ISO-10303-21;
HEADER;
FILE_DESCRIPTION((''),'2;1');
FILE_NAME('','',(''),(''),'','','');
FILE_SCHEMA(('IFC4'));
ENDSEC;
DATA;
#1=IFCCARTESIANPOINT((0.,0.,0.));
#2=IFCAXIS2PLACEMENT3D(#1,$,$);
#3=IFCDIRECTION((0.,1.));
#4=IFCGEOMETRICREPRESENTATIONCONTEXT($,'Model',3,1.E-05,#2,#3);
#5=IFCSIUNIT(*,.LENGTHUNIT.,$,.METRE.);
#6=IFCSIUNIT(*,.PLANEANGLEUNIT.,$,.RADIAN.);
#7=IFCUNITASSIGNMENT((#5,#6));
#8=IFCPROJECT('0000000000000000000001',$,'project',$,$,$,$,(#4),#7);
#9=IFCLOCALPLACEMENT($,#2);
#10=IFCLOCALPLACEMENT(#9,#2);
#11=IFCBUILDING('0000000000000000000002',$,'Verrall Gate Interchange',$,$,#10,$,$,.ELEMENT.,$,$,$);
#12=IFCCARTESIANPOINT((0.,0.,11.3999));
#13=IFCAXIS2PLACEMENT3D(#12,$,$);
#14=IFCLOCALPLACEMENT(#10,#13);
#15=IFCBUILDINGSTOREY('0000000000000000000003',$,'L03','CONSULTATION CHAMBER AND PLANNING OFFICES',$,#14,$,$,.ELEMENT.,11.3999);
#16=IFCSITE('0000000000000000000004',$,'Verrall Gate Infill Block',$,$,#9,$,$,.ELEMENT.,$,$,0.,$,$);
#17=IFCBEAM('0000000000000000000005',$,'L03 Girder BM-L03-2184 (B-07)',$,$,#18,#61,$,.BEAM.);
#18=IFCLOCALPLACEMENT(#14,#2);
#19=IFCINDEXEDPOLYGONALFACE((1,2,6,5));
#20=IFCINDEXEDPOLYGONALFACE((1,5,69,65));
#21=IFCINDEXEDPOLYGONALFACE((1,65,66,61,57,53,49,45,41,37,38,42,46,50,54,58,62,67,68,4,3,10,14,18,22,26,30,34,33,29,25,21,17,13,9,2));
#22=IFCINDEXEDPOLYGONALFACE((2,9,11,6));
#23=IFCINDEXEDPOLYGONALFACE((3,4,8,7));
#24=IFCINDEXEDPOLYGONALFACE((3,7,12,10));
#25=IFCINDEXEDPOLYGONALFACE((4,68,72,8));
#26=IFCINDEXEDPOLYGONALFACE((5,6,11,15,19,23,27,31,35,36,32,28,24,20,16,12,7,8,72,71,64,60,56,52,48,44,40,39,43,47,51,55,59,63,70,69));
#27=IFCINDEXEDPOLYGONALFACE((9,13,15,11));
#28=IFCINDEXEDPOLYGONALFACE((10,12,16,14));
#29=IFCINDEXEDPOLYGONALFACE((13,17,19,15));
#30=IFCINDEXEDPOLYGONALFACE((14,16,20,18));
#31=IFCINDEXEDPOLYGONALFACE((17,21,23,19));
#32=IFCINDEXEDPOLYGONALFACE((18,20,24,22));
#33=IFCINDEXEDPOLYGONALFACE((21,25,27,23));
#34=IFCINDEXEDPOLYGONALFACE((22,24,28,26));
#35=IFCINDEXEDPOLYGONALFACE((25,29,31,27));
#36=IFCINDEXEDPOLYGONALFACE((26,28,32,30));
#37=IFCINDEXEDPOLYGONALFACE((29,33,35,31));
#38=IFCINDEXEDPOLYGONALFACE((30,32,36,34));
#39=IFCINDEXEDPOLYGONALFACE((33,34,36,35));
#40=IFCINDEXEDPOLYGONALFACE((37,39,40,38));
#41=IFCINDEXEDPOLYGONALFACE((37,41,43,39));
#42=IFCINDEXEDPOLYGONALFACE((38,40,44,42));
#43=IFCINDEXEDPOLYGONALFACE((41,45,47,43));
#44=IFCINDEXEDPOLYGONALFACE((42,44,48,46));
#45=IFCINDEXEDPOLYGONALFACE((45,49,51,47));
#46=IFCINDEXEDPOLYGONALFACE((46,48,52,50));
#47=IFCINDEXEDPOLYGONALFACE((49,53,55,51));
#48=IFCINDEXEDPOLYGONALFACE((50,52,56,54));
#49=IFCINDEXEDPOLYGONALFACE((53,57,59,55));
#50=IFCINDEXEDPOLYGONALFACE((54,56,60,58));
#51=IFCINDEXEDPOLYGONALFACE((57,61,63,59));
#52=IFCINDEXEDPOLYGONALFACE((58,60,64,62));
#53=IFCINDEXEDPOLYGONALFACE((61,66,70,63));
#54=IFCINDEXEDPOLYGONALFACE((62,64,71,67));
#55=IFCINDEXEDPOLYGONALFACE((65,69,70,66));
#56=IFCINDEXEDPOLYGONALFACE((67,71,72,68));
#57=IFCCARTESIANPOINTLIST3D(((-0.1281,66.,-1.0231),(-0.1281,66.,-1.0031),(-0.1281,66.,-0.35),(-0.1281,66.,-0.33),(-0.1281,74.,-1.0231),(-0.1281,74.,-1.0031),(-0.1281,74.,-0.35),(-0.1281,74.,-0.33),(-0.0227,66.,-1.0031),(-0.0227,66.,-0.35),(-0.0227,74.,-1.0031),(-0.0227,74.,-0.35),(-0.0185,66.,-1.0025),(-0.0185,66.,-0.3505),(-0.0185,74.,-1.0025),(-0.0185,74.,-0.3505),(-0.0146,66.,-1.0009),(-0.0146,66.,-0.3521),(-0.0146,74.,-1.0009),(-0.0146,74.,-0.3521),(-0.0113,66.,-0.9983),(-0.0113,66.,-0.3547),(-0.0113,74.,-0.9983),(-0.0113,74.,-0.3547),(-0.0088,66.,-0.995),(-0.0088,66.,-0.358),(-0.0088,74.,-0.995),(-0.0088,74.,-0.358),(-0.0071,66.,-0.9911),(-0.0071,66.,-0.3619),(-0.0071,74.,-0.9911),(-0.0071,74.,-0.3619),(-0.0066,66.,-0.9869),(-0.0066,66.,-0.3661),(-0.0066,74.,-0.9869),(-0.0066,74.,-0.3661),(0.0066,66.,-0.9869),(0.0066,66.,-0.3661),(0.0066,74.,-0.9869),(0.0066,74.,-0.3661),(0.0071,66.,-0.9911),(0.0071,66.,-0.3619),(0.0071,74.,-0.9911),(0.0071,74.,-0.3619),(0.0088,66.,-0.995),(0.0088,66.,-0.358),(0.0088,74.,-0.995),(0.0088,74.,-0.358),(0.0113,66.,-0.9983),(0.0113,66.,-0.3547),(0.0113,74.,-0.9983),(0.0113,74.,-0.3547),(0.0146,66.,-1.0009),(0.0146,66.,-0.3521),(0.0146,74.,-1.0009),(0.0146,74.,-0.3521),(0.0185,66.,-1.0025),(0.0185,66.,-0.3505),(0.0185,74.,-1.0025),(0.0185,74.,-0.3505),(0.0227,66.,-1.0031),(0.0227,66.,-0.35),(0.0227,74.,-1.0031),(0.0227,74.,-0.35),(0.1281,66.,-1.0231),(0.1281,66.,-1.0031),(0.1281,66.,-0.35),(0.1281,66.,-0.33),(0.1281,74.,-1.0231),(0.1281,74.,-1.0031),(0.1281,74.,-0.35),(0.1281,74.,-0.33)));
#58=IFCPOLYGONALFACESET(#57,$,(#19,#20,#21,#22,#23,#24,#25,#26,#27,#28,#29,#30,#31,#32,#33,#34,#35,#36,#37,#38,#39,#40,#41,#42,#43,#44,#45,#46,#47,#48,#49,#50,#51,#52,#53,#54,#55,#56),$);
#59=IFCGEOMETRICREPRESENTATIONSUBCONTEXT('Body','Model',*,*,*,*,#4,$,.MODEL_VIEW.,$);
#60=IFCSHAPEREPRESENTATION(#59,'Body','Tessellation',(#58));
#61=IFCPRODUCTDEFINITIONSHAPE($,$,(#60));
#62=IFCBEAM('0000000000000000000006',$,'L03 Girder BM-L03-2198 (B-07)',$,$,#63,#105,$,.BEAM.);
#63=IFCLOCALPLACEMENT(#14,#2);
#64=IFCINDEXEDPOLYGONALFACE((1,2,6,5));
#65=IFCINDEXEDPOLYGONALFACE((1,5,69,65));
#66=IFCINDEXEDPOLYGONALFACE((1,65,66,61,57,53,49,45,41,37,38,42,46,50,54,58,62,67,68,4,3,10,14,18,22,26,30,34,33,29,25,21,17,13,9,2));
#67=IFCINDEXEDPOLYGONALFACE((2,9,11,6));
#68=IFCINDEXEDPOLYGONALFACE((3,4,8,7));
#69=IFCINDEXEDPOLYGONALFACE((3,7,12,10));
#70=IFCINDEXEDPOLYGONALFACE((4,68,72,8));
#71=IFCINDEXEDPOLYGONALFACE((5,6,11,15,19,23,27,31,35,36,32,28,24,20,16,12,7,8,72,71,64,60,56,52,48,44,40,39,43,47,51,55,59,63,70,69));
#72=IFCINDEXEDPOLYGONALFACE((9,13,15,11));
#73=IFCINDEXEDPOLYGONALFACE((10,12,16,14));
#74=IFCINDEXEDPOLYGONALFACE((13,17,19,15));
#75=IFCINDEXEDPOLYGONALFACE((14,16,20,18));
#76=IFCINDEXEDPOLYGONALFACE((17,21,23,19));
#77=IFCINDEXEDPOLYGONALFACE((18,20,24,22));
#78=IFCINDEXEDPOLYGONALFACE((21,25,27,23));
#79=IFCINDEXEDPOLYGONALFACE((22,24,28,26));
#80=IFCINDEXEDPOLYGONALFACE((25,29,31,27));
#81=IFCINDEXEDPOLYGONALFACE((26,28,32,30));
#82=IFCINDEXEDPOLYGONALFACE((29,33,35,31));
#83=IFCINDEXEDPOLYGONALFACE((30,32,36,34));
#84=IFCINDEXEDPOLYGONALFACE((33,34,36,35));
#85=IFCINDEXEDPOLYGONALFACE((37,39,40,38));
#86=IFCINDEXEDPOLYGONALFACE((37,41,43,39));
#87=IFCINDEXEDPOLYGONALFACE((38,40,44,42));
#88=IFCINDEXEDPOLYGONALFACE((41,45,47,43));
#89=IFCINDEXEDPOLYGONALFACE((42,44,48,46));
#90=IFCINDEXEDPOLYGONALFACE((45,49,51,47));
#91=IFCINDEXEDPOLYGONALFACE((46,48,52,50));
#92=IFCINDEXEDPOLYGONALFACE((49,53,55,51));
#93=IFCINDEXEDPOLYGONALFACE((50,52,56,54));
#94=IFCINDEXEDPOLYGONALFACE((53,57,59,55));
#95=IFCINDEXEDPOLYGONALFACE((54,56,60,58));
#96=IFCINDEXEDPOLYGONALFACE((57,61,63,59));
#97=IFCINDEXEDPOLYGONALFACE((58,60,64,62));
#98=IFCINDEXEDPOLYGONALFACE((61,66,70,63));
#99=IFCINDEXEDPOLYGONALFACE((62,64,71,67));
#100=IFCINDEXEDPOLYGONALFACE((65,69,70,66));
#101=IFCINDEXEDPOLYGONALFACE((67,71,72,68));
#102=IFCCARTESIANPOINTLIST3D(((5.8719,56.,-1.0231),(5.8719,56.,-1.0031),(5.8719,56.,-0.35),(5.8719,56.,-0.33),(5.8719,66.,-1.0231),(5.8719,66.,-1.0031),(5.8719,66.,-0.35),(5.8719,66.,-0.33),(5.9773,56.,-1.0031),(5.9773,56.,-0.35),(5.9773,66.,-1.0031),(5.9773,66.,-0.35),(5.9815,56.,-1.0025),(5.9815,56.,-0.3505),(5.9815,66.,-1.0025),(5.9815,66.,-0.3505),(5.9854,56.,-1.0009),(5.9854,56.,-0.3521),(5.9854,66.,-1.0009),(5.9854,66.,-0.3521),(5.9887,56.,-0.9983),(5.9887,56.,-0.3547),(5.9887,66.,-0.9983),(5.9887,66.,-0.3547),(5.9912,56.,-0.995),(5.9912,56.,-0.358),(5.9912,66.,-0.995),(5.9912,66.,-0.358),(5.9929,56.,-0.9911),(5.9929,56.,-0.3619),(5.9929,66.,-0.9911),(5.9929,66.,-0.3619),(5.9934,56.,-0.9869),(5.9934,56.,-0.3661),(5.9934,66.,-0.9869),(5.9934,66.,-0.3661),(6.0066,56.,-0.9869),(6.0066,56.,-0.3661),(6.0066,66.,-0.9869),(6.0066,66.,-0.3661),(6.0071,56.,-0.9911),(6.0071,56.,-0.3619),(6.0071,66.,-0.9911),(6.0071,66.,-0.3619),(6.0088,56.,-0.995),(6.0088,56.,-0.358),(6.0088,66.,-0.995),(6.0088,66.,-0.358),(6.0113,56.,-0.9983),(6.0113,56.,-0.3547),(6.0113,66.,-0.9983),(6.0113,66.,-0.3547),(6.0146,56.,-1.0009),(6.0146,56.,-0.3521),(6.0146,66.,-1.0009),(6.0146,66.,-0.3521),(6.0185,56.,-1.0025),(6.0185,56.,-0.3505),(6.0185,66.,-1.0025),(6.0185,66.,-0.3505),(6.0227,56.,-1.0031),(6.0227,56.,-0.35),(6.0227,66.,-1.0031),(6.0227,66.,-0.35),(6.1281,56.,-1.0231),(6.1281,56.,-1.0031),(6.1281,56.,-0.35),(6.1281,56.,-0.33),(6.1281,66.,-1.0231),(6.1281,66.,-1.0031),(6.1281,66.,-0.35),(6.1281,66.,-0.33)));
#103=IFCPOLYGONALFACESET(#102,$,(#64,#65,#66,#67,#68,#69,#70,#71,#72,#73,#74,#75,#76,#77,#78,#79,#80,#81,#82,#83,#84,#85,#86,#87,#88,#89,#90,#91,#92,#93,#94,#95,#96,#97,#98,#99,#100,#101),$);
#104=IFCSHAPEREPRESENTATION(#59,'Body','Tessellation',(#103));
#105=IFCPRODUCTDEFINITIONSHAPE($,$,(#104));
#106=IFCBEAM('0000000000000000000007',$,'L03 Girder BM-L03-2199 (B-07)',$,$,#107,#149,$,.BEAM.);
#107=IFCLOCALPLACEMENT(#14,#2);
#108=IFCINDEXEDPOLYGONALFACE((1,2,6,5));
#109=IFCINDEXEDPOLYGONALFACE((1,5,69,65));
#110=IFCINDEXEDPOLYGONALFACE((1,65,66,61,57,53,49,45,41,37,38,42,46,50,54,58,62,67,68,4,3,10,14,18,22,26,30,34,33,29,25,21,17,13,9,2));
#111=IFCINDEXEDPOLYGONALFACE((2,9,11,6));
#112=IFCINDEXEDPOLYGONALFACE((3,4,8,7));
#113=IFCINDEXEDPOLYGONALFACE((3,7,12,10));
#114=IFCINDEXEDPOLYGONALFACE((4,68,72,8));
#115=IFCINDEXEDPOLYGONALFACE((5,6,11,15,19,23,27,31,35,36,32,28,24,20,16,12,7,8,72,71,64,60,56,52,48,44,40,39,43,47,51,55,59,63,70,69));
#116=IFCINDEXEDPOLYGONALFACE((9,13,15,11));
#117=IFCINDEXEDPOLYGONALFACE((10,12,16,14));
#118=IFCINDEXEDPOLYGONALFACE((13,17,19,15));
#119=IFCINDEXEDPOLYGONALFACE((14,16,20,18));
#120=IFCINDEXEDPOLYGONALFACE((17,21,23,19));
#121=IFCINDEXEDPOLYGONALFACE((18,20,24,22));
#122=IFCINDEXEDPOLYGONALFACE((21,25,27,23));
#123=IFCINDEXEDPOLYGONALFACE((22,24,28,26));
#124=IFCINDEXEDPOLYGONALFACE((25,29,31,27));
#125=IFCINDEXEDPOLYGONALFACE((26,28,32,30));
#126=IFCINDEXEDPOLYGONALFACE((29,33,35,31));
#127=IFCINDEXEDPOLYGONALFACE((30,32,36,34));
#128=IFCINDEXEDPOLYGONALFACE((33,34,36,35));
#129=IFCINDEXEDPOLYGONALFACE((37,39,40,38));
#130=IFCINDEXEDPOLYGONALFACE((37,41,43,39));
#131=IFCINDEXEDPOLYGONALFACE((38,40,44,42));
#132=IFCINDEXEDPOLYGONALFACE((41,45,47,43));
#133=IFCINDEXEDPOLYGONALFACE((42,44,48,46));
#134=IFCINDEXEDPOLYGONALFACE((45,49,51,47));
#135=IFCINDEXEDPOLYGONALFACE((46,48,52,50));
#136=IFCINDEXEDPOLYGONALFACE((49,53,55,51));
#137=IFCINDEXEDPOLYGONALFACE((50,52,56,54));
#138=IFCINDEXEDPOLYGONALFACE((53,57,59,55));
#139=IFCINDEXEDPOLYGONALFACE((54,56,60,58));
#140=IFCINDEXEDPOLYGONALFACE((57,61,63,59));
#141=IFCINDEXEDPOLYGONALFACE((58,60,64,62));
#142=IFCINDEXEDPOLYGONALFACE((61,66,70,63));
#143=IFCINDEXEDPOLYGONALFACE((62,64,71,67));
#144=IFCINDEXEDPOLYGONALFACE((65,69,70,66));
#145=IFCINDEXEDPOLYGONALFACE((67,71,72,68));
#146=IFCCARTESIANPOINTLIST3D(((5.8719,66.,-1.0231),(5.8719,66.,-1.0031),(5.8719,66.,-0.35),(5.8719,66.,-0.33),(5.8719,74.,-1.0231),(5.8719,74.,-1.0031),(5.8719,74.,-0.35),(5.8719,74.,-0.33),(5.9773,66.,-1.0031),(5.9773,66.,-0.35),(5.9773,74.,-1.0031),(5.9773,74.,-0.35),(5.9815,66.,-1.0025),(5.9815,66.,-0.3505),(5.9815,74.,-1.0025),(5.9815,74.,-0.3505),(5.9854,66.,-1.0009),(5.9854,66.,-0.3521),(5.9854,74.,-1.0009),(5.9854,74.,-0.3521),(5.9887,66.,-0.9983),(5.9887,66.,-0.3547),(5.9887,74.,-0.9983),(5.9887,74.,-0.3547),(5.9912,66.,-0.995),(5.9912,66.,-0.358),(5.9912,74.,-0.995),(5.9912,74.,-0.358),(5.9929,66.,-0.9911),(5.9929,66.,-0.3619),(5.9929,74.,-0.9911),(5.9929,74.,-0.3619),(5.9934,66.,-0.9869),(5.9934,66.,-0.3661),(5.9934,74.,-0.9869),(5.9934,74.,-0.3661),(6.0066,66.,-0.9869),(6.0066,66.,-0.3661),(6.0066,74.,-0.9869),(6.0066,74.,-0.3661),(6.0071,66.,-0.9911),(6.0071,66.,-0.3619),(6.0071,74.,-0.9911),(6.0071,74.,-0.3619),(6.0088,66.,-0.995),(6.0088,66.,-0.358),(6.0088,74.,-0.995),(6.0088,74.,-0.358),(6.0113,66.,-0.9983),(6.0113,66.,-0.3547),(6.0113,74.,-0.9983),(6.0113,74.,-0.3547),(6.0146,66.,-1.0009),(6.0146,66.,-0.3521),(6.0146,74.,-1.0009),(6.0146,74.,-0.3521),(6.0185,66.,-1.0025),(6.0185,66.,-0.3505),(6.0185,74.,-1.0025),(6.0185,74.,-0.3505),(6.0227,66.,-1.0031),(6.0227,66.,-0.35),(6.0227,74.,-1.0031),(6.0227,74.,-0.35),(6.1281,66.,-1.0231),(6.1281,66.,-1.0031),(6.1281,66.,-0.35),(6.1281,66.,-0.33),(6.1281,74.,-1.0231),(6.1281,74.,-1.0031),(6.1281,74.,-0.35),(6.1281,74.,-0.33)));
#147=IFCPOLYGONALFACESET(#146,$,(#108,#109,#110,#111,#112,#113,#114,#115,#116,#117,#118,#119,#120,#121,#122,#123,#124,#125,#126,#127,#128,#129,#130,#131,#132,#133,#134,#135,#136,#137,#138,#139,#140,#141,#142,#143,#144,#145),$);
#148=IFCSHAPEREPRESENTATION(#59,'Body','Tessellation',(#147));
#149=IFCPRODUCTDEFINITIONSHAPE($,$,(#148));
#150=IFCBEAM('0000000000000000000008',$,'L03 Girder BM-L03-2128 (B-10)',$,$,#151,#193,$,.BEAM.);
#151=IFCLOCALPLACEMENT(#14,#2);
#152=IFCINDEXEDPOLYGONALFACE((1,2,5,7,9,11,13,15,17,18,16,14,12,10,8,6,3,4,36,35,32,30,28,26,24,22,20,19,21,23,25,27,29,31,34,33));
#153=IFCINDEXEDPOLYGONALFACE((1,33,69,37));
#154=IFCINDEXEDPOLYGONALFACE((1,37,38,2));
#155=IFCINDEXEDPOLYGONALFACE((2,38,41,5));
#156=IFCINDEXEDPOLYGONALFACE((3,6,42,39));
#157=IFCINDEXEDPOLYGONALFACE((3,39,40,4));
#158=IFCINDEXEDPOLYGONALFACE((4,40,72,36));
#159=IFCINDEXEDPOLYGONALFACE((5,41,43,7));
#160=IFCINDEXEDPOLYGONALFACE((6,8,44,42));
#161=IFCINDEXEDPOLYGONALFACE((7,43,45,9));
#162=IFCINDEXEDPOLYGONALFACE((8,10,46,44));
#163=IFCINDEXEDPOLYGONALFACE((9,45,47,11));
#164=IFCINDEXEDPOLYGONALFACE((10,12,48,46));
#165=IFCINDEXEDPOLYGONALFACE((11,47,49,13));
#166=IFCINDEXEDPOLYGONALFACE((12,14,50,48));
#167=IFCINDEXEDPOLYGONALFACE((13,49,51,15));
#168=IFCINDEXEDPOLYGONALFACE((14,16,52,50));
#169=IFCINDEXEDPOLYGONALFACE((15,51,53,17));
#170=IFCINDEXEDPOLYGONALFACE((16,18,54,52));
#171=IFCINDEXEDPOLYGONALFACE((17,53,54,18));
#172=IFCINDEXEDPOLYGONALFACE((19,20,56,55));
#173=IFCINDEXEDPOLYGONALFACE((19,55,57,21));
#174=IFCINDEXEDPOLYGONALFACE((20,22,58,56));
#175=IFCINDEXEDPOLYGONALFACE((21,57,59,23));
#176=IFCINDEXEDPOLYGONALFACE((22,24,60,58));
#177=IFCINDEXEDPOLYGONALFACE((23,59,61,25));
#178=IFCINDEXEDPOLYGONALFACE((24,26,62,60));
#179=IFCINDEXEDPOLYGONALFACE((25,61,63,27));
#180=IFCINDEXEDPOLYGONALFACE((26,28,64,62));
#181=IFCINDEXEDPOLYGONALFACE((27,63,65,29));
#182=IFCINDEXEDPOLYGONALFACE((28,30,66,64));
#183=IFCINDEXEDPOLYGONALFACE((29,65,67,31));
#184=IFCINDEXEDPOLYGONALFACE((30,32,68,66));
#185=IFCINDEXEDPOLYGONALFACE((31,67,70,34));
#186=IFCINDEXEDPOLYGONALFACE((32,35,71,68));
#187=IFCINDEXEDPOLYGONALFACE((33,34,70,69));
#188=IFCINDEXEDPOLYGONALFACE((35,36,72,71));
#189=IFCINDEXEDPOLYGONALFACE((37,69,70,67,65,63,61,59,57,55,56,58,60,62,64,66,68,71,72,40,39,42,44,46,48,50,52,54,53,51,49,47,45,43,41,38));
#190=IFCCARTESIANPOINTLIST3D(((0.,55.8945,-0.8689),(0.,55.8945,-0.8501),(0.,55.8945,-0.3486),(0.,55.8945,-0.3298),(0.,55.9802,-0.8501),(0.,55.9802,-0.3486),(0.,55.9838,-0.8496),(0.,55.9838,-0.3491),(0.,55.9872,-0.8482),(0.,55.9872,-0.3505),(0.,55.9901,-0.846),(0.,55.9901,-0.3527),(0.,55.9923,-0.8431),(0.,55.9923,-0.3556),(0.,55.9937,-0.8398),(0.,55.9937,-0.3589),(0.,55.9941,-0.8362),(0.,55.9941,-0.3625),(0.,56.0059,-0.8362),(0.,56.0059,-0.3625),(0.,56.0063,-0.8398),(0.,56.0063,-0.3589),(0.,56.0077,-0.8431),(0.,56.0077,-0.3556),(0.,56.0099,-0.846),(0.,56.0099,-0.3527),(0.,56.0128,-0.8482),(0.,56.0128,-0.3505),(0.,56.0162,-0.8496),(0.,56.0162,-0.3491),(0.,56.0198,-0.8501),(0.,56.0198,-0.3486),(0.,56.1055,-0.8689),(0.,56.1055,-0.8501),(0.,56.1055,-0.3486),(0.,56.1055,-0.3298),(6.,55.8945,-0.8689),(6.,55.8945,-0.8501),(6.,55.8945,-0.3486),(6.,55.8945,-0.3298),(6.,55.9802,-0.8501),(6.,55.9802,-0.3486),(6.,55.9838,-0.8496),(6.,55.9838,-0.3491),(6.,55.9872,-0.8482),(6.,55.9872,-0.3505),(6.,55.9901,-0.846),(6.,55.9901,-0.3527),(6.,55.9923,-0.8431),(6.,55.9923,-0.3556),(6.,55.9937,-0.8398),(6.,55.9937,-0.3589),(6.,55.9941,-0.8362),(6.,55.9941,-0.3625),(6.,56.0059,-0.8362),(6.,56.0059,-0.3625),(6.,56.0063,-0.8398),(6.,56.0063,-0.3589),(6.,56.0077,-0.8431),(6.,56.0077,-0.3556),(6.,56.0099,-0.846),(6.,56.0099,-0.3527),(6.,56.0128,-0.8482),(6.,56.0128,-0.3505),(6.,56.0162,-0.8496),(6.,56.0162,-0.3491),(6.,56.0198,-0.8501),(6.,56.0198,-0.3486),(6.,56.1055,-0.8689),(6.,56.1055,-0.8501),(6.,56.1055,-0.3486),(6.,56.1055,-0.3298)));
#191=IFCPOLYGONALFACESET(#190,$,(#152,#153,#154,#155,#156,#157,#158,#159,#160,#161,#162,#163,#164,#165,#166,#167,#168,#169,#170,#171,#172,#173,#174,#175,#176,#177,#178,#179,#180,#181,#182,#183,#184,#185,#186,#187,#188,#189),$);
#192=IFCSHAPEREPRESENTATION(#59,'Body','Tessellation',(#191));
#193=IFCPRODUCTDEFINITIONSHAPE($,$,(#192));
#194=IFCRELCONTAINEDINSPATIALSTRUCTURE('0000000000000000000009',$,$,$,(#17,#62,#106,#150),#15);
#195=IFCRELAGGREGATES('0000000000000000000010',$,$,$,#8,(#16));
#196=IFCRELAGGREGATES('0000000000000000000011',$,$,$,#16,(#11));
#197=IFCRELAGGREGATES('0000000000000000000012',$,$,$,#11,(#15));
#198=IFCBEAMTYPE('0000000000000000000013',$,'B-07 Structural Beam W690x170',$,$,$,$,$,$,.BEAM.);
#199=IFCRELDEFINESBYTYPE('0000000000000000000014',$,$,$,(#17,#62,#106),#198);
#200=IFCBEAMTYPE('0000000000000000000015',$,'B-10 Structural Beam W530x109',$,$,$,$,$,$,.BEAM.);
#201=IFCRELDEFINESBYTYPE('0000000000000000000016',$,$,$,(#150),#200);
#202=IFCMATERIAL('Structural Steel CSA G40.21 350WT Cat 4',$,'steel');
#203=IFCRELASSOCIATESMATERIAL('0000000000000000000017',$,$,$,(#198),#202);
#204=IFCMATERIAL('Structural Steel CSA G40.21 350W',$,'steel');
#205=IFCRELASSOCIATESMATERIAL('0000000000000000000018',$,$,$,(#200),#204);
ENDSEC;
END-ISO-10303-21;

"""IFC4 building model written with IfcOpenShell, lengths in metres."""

from ifc_helpers import new_model, si_unit, direction, frame, origin, origin_2d, place, context, subcontext, project, spatial, i_section, extrude, material, material_profile, profile_set, type_object, element, save


model = new_model("IFC4")

# Units and contexts
model_context = context("Model", 3, precision=1e-05, world=origin(), true_north=direction((0.0, 1.0)))
body_context = subcontext(model_context, "Body", "Model", "MODEL_VIEW")
ifc_project = project(units=[si_unit("LENGTHUNIT", "METRE"), si_unit("PLANEANGLEUNIT", "RADIAN")], contexts=[model_context])

# Site, building, storey
site_placement = place(None, origin())
site = spatial("IfcSite", under=ifc_project, at=site_placement, Name="Verrall Gate Infill Block", CompositionType="ELEMENT", RefElevation=0.0)
building_placement = place(site_placement, origin())
building = spatial("IfcBuilding", under=site, at=building_placement, Name="Verrall Gate Interchange", CompositionType="ELEMENT")
storey_placement = place(building_placement, frame((0.0, 0.0, 11.3999)))
storey = spatial("IfcBuildingStorey", under=building, at=storey_placement, Name="L03", Description="CONSULTATION CHAMBER AND PLANNING OFFICES", CompositionType="ELEMENT", Elevation=11.3999)

# Beams
ifc_material_1 = material(Name="Structural Steel CSA G40.21 350WT Cat 4", Category="steel")
ifc_material_profile_1 = material_profile(ifc_material_1, i_section(OverallWidth=0.2561, OverallDepth=0.6931, WebThickness=0.0132, FlangeThickness=0.02, FilletRadius=0.0161, at=origin_2d()), Name="W690x170")
ifc_profile_set_1 = profile_set([ifc_material_profile_1], Name="Structural Steel CSA G40.21 350WT Cat 4")
beam_type_1 = type_object("IfcBeamType", Name="B-07 Structural Beam W690x170", PredefinedType="BEAM", material=ifc_profile_set_1)
beam_1_placement = place(storey_placement, frame((0.0, 66.0, -0.6765), z_axis=(0.0, 1.0, 0.0), x_axis=(-1.0, 0.0, 0.0)))
element("IfcBeam", 1, at=beam_1_placement, inside=storey, type_object=beam_type_1, Name="L03 Girder BM-L03-2184 (B-07)", PredefinedType="BEAM", context=body_context, shape_type="SweptSolid", body=[
    extrude(i_section(OverallWidth=0.2561, OverallDepth=0.6931, WebThickness=0.0132, FlangeThickness=0.02, FilletRadius=0.0161, at=origin_2d()), origin(), (0.0, 0.0, 1.0), 8.0),
])
beam_2_placement = place(storey_placement, frame((6.0, 56.0, -0.6765), z_axis=(0.0, 1.0, 0.0), x_axis=(-1.0, 0.0, 0.0)))
element("IfcBeam", 2, at=beam_2_placement, inside=storey, type_object=beam_type_1, Name="L03 Girder BM-L03-2198 (B-07)", PredefinedType="BEAM", context=body_context, shape_type="SweptSolid", body=[
    extrude(i_section(OverallWidth=0.2561, OverallDepth=0.6931, WebThickness=0.0132, FlangeThickness=0.02, FilletRadius=0.0161, at=origin_2d()), origin(), (0.0, 0.0, 1.0), 10.0),
])
beam_3_placement = place(storey_placement, frame((6.0, 66.0, -0.6765), z_axis=(0.0, 1.0, 0.0), x_axis=(-1.0, 0.0, 0.0)))
element("IfcBeam", 3, at=beam_3_placement, inside=storey, type_object=beam_type_1, Name="L03 Girder BM-L03-2199 (B-07)", PredefinedType="BEAM", context=body_context, shape_type="SweptSolid", body=[
    extrude(i_section(OverallWidth=0.2561, OverallDepth=0.6931, WebThickness=0.0132, FlangeThickness=0.02, FilletRadius=0.0161, at=origin_2d()), origin(), (0.0, 0.0, 1.0), 8.0),
])
ifc_material_2 = material(Name="Structural Steel CSA G40.21 350W", Category="steel")
ifc_material_profile_2 = material_profile(ifc_material_2, i_section(OverallWidth=0.2109, OverallDepth=0.5391, WebThickness=0.0117, FlangeThickness=0.0188, FilletRadius=0.0139, at=origin_2d()), Name="W530x109")
ifc_profile_set_2 = profile_set([ifc_material_profile_2], Name="Structural Steel CSA G40.21 350W")
beam_type_2 = type_object("IfcBeamType", Name="B-10 Structural Beam W530x109", PredefinedType="BEAM", material=ifc_profile_set_2)
for number, where, z_axis, x_axis, name in (
    (4, (0.0, 56.0, -0.5994), (1.0, 0.0, 0.0), (0.0, 1.0, 0.0), "L03 Girder BM-L03-2128 (B-10)"),
):
    element("IfcBeam", number, at=place(storey_placement, frame(where, z_axis=z_axis, x_axis=x_axis)), inside=storey, type_object=beam_type_2, Name=name, PredefinedType="BEAM", context=body_context, shape_type="SweptSolid", body=[
        extrude(i_section(OverallWidth=0.2109, OverallDepth=0.5391, WebThickness=0.0117, FlangeThickness=0.0188, FilletRadius=0.0139, at=origin_2d()), origin(), (0.0, 0.0, 1.0), 6.0),
    ])

save(model, "model.ifc")
